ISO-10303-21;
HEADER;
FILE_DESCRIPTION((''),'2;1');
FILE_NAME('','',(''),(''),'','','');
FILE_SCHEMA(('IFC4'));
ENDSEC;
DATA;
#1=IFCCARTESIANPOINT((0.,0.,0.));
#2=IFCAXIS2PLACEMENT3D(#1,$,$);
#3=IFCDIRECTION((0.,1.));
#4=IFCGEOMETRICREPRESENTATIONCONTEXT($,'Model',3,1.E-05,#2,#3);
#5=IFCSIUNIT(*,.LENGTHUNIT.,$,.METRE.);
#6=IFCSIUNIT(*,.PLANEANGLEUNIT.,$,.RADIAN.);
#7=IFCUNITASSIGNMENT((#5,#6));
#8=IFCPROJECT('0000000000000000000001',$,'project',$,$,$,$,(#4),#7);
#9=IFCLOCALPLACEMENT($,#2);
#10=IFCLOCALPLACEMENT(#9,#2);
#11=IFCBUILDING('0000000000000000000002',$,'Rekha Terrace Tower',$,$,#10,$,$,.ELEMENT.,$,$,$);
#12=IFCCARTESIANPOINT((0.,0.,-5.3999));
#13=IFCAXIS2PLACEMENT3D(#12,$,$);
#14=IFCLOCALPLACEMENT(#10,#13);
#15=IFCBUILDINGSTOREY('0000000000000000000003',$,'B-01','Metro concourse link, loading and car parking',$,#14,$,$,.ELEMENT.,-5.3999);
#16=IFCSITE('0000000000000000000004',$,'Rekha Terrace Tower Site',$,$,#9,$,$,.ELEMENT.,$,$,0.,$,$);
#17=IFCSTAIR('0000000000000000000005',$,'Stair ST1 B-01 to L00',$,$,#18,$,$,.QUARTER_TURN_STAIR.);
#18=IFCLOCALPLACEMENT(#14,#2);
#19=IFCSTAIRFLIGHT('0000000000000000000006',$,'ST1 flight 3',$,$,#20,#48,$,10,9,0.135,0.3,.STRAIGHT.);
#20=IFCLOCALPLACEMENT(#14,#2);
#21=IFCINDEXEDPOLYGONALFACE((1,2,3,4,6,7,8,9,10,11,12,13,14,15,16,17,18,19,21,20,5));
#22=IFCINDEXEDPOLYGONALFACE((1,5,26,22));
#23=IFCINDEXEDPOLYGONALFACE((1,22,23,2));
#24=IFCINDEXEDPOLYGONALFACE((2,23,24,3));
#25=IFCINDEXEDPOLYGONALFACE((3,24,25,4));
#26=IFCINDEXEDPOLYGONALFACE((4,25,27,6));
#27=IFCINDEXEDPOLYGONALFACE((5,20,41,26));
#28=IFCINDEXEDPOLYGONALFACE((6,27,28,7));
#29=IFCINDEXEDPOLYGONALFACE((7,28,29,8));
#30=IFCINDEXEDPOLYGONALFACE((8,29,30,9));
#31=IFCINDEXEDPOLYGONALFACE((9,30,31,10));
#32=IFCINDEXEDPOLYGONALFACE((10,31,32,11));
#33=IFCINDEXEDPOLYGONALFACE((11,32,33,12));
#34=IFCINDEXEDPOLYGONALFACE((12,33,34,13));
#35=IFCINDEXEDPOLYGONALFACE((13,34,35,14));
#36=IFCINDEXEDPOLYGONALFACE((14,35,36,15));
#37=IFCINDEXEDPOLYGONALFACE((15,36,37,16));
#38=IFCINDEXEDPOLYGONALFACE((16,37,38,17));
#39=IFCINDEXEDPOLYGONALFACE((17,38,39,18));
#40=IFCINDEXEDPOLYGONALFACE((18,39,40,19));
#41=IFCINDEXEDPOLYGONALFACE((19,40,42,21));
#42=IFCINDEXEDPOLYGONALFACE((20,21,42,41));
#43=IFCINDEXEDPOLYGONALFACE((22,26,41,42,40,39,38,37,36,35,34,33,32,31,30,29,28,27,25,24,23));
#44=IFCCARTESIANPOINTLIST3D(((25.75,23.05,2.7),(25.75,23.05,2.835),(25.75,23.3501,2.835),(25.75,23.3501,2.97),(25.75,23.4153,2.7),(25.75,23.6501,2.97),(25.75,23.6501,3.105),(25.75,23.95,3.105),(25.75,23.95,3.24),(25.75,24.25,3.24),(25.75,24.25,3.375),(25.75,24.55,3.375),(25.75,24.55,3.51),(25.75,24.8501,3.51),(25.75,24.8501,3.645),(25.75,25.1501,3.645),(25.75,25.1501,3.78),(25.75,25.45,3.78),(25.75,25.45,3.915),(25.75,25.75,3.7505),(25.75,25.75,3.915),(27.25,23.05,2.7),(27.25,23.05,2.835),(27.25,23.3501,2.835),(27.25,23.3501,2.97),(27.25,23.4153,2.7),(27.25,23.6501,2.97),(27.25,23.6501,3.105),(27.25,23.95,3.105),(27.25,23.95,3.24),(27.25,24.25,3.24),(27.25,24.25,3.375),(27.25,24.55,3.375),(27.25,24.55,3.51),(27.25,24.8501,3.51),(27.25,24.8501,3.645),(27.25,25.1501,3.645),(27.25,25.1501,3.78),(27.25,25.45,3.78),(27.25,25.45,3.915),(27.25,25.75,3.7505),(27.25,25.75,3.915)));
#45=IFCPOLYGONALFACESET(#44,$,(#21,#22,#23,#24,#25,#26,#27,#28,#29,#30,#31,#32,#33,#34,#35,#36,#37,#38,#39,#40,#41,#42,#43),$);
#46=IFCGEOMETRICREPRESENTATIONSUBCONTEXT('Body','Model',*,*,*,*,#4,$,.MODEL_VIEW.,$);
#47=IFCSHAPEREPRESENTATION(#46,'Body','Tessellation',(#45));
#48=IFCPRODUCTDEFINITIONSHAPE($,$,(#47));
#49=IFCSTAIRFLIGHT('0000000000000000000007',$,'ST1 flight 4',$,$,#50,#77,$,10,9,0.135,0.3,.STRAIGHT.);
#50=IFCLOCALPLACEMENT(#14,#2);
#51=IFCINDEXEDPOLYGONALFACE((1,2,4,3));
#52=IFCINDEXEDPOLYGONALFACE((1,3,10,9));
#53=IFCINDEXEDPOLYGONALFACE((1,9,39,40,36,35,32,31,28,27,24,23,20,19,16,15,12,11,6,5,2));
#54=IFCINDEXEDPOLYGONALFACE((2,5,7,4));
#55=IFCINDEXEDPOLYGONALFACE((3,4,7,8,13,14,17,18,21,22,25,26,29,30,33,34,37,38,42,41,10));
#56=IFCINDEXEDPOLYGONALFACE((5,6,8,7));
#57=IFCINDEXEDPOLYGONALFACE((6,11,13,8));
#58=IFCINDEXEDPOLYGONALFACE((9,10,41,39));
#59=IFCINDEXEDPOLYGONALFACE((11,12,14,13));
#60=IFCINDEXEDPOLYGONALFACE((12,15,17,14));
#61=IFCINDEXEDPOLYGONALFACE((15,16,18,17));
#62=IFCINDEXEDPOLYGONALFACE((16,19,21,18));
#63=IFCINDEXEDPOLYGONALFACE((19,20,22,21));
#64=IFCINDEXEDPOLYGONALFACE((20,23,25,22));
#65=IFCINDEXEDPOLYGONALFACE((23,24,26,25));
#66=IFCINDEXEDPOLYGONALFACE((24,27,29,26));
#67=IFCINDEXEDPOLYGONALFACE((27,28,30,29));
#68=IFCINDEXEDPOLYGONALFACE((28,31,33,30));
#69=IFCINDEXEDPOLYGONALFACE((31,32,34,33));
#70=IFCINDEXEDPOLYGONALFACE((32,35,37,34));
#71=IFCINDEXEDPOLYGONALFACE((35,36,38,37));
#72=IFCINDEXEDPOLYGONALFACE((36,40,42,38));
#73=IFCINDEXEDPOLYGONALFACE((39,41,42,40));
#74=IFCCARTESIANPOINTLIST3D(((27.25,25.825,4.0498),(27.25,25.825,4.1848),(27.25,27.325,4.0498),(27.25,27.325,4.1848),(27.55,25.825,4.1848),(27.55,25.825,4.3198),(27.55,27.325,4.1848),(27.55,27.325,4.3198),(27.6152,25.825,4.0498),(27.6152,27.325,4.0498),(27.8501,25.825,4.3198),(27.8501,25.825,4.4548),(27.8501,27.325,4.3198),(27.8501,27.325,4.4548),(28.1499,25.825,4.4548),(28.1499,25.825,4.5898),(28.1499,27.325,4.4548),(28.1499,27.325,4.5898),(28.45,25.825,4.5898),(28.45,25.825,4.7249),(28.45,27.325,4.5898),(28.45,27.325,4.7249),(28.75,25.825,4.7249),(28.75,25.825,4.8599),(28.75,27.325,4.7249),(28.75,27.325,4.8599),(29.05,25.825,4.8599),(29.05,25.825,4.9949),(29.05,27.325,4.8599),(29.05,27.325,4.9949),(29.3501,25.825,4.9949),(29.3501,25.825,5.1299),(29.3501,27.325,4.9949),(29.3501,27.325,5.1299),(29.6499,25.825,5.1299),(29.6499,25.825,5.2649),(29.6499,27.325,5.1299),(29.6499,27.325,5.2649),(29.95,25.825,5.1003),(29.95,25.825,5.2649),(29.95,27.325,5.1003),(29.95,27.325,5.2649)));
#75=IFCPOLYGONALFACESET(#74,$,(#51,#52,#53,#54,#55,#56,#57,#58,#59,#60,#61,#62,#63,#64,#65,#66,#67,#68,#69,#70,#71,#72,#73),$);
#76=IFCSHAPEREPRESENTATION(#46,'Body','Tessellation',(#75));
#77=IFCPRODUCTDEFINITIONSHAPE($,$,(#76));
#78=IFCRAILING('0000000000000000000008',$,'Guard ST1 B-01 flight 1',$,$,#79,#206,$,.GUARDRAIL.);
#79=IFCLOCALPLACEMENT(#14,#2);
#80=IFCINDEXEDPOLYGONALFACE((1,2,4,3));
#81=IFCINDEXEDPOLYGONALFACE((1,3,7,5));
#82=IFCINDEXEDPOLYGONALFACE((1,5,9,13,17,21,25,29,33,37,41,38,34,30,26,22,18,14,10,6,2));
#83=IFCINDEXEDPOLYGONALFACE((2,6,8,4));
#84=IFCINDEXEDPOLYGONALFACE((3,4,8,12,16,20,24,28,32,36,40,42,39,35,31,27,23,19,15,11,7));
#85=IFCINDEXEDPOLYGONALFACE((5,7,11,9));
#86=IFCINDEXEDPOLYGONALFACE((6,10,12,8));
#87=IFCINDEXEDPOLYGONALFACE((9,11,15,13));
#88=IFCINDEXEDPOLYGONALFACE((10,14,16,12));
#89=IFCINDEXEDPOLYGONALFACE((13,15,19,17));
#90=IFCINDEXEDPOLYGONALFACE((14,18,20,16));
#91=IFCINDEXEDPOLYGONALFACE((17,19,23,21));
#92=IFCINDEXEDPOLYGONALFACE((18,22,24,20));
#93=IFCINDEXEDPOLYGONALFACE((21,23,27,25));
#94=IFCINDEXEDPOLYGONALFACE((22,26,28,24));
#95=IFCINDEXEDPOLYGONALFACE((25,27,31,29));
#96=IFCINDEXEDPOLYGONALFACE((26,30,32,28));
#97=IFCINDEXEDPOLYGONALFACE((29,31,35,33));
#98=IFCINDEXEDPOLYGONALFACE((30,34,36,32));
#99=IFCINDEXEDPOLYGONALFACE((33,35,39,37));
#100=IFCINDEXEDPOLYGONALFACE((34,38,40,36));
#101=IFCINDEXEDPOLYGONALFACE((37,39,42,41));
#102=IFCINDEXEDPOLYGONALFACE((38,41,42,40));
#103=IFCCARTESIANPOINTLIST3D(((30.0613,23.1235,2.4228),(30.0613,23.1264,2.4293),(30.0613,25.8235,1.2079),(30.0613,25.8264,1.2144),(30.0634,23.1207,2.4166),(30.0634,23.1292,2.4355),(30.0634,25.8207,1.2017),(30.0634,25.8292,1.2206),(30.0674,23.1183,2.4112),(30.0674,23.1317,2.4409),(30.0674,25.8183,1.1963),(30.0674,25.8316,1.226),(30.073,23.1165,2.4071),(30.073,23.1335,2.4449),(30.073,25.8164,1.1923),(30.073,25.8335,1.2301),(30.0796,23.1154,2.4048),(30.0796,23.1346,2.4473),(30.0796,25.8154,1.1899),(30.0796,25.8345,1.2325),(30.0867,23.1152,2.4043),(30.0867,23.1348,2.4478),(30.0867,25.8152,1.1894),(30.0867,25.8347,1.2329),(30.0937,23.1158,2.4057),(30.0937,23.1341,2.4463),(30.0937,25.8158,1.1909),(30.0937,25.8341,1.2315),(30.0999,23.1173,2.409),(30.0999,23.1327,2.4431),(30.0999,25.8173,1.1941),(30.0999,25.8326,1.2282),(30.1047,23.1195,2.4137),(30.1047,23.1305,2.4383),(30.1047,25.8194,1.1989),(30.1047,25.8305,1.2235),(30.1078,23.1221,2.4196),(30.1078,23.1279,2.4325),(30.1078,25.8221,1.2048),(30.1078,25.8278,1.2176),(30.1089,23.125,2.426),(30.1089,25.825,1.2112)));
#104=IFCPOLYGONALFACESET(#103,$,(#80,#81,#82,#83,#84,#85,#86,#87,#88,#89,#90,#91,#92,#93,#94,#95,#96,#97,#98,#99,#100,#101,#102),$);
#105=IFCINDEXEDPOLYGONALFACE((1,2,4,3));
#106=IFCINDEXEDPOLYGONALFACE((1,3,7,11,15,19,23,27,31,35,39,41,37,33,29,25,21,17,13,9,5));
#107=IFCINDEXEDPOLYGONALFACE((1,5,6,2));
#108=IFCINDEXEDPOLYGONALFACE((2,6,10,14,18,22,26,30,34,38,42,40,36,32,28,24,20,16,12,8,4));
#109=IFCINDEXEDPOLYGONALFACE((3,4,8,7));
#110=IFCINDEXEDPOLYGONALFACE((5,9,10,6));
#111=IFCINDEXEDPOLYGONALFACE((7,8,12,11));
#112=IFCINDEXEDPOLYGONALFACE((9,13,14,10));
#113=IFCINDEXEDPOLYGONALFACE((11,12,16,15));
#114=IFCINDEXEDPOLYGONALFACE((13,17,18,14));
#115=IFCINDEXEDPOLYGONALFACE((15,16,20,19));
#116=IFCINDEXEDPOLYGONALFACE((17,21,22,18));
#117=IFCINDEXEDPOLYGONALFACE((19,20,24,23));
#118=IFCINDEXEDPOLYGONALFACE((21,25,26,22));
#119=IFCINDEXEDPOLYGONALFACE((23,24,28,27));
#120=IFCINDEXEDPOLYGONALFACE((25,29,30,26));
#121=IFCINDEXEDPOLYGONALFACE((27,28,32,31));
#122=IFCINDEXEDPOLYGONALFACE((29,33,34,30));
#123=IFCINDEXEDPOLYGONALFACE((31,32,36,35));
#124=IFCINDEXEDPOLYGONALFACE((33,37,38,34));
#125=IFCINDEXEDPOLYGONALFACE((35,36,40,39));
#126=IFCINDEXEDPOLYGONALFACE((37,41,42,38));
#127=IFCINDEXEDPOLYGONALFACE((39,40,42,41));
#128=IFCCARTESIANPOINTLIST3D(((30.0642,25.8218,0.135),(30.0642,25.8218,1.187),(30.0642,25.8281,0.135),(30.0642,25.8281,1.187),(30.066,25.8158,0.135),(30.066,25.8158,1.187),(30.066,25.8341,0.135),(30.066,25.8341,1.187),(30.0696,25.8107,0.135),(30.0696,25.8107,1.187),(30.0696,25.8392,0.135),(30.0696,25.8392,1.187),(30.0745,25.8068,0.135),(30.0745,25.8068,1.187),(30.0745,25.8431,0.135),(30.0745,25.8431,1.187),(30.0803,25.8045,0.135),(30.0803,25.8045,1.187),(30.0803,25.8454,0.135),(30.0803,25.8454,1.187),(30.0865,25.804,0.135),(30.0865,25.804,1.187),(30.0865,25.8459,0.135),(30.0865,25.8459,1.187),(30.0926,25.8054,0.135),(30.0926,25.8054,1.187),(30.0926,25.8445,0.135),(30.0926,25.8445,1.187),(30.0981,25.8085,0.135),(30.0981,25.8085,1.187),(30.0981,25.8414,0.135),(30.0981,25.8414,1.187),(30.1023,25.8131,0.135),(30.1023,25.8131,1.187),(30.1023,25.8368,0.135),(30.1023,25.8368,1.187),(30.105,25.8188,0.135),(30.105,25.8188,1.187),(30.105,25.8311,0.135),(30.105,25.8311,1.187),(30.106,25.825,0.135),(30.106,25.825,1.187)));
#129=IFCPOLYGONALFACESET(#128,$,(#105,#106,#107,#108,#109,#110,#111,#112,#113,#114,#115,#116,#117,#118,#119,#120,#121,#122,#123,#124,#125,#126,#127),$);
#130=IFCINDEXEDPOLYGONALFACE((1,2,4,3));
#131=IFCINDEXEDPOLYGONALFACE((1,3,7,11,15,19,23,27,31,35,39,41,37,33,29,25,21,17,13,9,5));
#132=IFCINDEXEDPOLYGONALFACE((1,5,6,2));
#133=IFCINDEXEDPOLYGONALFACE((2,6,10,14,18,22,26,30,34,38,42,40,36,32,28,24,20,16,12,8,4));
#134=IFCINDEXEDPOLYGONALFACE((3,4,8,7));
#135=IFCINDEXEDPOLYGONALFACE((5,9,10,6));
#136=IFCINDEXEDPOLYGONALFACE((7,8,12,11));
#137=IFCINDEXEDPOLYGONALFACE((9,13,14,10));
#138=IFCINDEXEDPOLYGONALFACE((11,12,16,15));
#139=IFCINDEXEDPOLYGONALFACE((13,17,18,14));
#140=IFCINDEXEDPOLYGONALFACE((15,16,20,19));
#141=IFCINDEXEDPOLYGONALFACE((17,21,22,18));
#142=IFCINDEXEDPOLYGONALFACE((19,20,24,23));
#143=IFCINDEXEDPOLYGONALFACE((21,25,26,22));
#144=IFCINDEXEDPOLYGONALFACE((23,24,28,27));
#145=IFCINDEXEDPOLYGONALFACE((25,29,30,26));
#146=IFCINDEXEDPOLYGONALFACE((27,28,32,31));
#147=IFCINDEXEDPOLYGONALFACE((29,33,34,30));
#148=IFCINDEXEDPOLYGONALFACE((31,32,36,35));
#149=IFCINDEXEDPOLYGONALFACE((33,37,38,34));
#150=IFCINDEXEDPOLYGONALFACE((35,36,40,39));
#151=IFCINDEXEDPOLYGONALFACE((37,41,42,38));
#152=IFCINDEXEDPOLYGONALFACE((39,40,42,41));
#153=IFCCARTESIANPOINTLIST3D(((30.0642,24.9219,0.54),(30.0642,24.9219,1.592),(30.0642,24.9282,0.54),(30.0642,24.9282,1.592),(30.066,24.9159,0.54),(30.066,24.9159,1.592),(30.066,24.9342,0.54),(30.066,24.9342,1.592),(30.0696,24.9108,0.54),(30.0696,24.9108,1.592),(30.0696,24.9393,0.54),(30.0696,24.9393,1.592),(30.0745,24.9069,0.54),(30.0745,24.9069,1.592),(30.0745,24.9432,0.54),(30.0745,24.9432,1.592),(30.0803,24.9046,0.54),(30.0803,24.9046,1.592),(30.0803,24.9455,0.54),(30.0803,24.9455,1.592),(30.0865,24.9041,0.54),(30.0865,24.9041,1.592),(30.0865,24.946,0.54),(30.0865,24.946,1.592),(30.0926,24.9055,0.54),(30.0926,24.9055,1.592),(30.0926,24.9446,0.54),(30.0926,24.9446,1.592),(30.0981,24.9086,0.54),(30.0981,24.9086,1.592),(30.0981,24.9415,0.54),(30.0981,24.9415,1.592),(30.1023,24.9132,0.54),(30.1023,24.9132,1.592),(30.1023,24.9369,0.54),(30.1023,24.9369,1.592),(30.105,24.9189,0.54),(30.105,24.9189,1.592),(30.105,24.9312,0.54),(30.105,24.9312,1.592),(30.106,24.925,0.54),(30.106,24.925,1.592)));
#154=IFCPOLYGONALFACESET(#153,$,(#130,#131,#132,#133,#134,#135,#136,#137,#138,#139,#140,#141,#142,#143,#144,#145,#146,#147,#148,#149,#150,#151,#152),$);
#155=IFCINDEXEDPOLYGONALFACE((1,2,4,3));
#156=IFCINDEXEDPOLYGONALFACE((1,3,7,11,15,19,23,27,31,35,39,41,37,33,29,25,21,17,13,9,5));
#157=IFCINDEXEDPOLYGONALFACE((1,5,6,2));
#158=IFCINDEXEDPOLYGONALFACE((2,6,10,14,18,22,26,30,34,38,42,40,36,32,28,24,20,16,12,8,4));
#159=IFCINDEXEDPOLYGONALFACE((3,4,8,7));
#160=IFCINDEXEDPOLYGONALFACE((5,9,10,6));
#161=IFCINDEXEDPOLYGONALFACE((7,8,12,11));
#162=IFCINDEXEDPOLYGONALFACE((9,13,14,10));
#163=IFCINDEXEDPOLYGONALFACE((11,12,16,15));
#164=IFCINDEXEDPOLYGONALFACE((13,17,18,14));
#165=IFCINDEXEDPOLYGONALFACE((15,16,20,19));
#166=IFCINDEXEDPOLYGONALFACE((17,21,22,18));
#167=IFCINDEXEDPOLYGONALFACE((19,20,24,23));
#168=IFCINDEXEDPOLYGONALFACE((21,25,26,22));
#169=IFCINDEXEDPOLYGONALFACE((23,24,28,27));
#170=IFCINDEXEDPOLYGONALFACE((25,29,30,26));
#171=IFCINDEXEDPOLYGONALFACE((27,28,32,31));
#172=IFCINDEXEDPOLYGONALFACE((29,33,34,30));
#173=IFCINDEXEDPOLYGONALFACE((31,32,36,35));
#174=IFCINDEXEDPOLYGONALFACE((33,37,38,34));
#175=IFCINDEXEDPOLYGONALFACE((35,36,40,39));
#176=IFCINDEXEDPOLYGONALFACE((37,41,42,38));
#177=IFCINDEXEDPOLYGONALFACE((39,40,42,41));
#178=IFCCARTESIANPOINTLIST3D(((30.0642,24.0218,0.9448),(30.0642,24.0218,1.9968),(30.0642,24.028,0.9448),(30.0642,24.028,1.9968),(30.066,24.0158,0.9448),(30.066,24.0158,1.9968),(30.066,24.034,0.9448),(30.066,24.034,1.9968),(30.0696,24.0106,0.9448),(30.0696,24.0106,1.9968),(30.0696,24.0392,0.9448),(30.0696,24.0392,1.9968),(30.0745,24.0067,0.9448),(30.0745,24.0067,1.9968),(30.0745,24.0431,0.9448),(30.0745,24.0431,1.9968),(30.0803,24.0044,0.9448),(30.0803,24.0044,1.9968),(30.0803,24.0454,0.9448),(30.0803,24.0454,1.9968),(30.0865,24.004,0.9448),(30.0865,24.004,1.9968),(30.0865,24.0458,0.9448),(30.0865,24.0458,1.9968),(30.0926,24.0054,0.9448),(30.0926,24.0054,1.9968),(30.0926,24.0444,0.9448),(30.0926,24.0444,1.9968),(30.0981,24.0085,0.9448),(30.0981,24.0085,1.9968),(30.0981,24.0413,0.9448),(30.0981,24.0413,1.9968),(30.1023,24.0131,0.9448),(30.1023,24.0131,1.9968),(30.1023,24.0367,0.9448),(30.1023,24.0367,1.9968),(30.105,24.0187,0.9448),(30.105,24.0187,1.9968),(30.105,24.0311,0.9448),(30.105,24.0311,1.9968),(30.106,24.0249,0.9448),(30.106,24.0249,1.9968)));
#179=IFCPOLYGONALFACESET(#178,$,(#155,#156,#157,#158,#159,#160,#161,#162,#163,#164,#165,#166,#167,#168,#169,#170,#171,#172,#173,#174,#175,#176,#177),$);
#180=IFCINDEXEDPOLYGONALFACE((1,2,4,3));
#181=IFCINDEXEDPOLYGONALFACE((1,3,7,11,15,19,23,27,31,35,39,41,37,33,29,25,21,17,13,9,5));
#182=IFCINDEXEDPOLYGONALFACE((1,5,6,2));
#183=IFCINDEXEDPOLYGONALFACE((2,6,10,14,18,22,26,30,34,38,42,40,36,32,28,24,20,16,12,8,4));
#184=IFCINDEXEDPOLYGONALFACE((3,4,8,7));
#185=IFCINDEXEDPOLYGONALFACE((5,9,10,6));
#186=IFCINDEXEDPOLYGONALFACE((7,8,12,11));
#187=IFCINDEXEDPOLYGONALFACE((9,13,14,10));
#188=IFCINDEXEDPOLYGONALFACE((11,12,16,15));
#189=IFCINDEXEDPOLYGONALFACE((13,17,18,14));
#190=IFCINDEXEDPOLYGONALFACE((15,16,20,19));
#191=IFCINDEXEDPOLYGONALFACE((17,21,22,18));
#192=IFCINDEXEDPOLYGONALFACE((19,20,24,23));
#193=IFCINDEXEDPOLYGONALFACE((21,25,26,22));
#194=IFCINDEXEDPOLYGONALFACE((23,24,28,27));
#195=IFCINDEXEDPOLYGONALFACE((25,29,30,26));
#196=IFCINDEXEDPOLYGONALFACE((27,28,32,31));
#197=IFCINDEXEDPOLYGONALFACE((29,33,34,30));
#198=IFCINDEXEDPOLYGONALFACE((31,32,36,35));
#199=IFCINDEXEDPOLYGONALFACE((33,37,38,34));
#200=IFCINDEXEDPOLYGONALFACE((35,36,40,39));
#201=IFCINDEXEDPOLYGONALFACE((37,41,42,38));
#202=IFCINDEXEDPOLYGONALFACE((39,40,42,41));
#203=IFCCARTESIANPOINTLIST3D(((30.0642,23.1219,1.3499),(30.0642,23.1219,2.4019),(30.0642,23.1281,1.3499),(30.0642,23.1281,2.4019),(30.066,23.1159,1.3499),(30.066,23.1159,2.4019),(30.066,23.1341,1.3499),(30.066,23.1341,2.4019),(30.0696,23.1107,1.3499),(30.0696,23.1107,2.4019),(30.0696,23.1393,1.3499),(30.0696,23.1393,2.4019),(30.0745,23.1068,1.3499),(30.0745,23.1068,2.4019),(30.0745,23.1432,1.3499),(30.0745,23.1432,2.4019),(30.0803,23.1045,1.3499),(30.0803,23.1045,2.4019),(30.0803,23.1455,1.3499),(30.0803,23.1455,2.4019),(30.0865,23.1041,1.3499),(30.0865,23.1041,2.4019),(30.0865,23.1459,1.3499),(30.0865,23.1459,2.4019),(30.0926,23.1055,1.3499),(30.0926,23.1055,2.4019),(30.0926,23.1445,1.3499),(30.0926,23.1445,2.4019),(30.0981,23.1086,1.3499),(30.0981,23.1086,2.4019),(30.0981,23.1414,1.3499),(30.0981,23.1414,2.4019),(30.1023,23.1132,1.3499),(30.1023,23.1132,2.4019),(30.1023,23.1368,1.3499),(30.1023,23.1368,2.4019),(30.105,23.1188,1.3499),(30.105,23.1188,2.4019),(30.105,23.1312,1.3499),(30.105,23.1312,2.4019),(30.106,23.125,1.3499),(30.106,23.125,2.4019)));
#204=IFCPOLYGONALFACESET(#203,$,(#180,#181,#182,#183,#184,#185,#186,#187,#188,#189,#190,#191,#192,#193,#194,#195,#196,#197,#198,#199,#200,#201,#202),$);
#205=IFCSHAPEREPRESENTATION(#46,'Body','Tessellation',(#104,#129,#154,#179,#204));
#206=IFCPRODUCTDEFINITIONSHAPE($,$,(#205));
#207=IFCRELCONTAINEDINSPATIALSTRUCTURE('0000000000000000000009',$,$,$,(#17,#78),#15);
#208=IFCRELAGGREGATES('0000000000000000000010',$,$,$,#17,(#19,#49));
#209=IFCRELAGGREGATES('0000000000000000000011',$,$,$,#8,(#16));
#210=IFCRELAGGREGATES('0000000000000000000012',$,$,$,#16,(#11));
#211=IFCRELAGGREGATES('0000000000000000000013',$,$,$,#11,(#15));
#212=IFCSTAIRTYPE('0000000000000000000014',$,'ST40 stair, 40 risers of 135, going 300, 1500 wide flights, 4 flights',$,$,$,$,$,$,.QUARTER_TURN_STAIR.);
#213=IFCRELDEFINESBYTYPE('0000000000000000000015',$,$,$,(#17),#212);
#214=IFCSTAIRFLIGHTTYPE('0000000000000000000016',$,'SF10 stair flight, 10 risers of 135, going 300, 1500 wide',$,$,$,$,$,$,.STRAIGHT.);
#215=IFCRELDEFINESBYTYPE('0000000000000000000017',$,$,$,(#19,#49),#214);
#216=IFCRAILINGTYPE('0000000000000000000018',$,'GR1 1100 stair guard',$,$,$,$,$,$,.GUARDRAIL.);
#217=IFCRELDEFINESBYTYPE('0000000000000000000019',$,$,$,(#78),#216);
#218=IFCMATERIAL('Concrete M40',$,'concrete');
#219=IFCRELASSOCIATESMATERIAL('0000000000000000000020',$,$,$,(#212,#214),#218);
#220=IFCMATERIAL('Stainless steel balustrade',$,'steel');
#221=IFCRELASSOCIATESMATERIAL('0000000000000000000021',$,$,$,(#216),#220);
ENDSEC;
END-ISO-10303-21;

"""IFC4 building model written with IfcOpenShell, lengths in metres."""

from ifc_helpers import new_model, si_unit, direction, frame, origin, origin_2d, place, context, subcontext, project, spatial, polyline, circle, outline, extrude, material, type_object, element, aggregate, save


model = new_model("IFC4")

# Units and contexts
model_context = context("Model", 3, precision=1e-05, world=origin(), true_north=direction((0.0, 1.0)))
body_context = subcontext(model_context, "Body", "Model", "MODEL_VIEW")
ifc_project = project(units=[si_unit("LENGTHUNIT", "METRE"), si_unit("PLANEANGLEUNIT", "RADIAN")], contexts=[model_context])

# Site, building, storey
site_placement = place(None, origin())
site = spatial("IfcSite", under=ifc_project, at=site_placement, Name="Rekha Terrace Tower Site", CompositionType="ELEMENT", RefElevation=0.0)
building_placement = place(site_placement, origin())
building = spatial("IfcBuilding", under=site, at=building_placement, Name="Rekha Terrace Tower", CompositionType="ELEMENT")
storey_placement = place(building_placement, frame((0.0, 0.0, -5.3999)))
storey = spatial("IfcBuildingStorey", under=building, at=storey_placement, Name="B-01", Description="Metro concourse link, loading and car parking", CompositionType="ELEMENT", Elevation=-5.3999)

# Stair, stair flights
ifc_material_1 = material(Name="Concrete M40", Category="concrete")
stair_type = type_object("IfcStairType", Name="ST40 stair, 40 risers of 135, going 300, 1500 wide flights, 4 flights", PredefinedType="QUARTER_TURN_STAIR", material=ifc_material_1)
stair_placement = place(storey_placement, origin())
stair = element("IfcStair", 1, at=stair_placement, inside=storey, type_object=stair_type, Name="Stair ST1 B-01 to L00", PredefinedType="QUARTER_TURN_STAIR")
stair_flight_type = type_object("IfcStairFlightType", Name="SF10 stair flight, 10 risers of 135, going 300, 1500 wide", PredefinedType="STRAIGHT", material=ifc_material_1)
stair_flight_1_placement = place(storey_placement, frame((26.5, 23.05, 2.7), z_axis=(0.0, 0.0, 1.0), x_axis=(0.0, 1.0, 0.0)))
stair_flight_1 = element("IfcStairFlight", 2, at=stair_flight_1_placement, type_object=stair_flight_type, Name="ST1 flight 3", NumberOfRisers=10, NumberOfTreads=9, PredefinedType="STRAIGHT", RiserHeight=0.135, TreadLength=0.3, context=body_context, shape_type="SweptSolid", body=[
    extrude(outline(polyline([(0.0, 0.0), (0.0, 0.135), (0.3, 0.135), (0.3, 0.27), (0.6001, 0.27), (0.6001, 0.405), (0.8999, 0.405), (0.8999, 0.54), (1.2, 0.54), (1.2, 0.675), (1.5, 0.675), (1.5, 0.8101), (1.8, 0.8101), (1.8, 0.9451), (2.1001, 0.9451), (2.1001, 1.0801), (2.3999, 1.0801), (2.3999, 1.2151), (2.7, 1.2151), (2.7, 1.3501), (2.7, 1.0505), (0.3652, 0.0), (0.0, 0.0)])), frame((0.0, 0.75, 0.0), z_axis=(0.0, -1.0, 0.0), x_axis=(1.0, 0.0, 0.0)), (0.0, 0.0, 1.0), 1.5),
])
stair_flight_2_placement = place(storey_placement, frame((27.25, 26.575, 4.0498), z_axis=(0.0, 0.0, 1.0), x_axis=(1.0, 0.0, 0.0)))
stair_flight_2 = element("IfcStairFlight", 3, at=stair_flight_2_placement, type_object=stair_flight_type, Name="ST1 flight 4", NumberOfRisers=10, NumberOfTreads=9, PredefinedType="STRAIGHT", RiserHeight=0.135, TreadLength=0.3, context=body_context, shape_type="SweptSolid", body=[
    extrude(outline(polyline([(0.0, 0.0), (0.0, 0.135), (0.3, 0.135), (0.3, 0.27), (0.6001, 0.27), (0.6001, 0.405), (0.8999, 0.405), (0.8999, 0.54), (1.2, 0.54), (1.2, 0.675), (1.5, 0.675), (1.5, 0.8101), (1.8, 0.8101), (1.8, 0.9451), (2.1001, 0.9451), (2.1001, 1.0801), (2.3999, 1.0801), (2.3999, 1.2151), (2.7, 1.2151), (2.7, 1.3501), (2.7, 1.0505), (0.3652, 0.0), (0.0, 0.0)])), frame((0.0, 0.75, 0.0), z_axis=(0.0, -1.0, 0.0), x_axis=(1.0, 0.0, 0.0)), (0.0, 0.0, 1.0), 1.5),
])
aggregate(stair, [stair_flight_1, stair_flight_2])

# Railing
ifc_material_2 = material(Name="Stainless steel balustrade", Category="steel")
railing_type_1 = type_object("IfcRailingType", Name="GR1 1100 stair guard", PredefinedType="GUARDRAIL", material=ifc_material_2)
railing_1_placement = place(storey_placement, frame((30.085, 25.825, 0.135)))
element("IfcRailing", 4, at=railing_1_placement, inside=storey, type_object=railing_type_1, Name="Guard ST1 B-01 flight 1", PredefinedType="GUARDRAIL", context=body_context, shape_type="SweptSolid", body=[
    extrude(circle(Radius=0.0239, at=origin_2d()), frame((0.0, 0.0, 1.0762), z_axis=(0.0, -0.911938, 0.410327), x_axis=(1.0, 0.0, 0.0)), (0.0, 0.0, 1.0), 2.9607),
    extrude(circle(Radius=0.021, at=origin_2d()), origin(), (0.0, 0.0, 1.0), 1.052),
    extrude(circle(Radius=0.021, at=origin_2d()), frame((0.0, -0.8999, 0.405)), (0.0, 0.0, 1.0), 1.052),
    extrude(circle(Radius=0.021, at=origin_2d()), frame((0.0, -1.8, 0.8098)), (0.0, 0.0, 1.0), 1.052),
    extrude(circle(Radius=0.021, at=origin_2d()), frame((0.0, -2.7, 1.2148)), (0.0, 0.0, 1.0), 1.052),
])

save(model, "model.ifc")
